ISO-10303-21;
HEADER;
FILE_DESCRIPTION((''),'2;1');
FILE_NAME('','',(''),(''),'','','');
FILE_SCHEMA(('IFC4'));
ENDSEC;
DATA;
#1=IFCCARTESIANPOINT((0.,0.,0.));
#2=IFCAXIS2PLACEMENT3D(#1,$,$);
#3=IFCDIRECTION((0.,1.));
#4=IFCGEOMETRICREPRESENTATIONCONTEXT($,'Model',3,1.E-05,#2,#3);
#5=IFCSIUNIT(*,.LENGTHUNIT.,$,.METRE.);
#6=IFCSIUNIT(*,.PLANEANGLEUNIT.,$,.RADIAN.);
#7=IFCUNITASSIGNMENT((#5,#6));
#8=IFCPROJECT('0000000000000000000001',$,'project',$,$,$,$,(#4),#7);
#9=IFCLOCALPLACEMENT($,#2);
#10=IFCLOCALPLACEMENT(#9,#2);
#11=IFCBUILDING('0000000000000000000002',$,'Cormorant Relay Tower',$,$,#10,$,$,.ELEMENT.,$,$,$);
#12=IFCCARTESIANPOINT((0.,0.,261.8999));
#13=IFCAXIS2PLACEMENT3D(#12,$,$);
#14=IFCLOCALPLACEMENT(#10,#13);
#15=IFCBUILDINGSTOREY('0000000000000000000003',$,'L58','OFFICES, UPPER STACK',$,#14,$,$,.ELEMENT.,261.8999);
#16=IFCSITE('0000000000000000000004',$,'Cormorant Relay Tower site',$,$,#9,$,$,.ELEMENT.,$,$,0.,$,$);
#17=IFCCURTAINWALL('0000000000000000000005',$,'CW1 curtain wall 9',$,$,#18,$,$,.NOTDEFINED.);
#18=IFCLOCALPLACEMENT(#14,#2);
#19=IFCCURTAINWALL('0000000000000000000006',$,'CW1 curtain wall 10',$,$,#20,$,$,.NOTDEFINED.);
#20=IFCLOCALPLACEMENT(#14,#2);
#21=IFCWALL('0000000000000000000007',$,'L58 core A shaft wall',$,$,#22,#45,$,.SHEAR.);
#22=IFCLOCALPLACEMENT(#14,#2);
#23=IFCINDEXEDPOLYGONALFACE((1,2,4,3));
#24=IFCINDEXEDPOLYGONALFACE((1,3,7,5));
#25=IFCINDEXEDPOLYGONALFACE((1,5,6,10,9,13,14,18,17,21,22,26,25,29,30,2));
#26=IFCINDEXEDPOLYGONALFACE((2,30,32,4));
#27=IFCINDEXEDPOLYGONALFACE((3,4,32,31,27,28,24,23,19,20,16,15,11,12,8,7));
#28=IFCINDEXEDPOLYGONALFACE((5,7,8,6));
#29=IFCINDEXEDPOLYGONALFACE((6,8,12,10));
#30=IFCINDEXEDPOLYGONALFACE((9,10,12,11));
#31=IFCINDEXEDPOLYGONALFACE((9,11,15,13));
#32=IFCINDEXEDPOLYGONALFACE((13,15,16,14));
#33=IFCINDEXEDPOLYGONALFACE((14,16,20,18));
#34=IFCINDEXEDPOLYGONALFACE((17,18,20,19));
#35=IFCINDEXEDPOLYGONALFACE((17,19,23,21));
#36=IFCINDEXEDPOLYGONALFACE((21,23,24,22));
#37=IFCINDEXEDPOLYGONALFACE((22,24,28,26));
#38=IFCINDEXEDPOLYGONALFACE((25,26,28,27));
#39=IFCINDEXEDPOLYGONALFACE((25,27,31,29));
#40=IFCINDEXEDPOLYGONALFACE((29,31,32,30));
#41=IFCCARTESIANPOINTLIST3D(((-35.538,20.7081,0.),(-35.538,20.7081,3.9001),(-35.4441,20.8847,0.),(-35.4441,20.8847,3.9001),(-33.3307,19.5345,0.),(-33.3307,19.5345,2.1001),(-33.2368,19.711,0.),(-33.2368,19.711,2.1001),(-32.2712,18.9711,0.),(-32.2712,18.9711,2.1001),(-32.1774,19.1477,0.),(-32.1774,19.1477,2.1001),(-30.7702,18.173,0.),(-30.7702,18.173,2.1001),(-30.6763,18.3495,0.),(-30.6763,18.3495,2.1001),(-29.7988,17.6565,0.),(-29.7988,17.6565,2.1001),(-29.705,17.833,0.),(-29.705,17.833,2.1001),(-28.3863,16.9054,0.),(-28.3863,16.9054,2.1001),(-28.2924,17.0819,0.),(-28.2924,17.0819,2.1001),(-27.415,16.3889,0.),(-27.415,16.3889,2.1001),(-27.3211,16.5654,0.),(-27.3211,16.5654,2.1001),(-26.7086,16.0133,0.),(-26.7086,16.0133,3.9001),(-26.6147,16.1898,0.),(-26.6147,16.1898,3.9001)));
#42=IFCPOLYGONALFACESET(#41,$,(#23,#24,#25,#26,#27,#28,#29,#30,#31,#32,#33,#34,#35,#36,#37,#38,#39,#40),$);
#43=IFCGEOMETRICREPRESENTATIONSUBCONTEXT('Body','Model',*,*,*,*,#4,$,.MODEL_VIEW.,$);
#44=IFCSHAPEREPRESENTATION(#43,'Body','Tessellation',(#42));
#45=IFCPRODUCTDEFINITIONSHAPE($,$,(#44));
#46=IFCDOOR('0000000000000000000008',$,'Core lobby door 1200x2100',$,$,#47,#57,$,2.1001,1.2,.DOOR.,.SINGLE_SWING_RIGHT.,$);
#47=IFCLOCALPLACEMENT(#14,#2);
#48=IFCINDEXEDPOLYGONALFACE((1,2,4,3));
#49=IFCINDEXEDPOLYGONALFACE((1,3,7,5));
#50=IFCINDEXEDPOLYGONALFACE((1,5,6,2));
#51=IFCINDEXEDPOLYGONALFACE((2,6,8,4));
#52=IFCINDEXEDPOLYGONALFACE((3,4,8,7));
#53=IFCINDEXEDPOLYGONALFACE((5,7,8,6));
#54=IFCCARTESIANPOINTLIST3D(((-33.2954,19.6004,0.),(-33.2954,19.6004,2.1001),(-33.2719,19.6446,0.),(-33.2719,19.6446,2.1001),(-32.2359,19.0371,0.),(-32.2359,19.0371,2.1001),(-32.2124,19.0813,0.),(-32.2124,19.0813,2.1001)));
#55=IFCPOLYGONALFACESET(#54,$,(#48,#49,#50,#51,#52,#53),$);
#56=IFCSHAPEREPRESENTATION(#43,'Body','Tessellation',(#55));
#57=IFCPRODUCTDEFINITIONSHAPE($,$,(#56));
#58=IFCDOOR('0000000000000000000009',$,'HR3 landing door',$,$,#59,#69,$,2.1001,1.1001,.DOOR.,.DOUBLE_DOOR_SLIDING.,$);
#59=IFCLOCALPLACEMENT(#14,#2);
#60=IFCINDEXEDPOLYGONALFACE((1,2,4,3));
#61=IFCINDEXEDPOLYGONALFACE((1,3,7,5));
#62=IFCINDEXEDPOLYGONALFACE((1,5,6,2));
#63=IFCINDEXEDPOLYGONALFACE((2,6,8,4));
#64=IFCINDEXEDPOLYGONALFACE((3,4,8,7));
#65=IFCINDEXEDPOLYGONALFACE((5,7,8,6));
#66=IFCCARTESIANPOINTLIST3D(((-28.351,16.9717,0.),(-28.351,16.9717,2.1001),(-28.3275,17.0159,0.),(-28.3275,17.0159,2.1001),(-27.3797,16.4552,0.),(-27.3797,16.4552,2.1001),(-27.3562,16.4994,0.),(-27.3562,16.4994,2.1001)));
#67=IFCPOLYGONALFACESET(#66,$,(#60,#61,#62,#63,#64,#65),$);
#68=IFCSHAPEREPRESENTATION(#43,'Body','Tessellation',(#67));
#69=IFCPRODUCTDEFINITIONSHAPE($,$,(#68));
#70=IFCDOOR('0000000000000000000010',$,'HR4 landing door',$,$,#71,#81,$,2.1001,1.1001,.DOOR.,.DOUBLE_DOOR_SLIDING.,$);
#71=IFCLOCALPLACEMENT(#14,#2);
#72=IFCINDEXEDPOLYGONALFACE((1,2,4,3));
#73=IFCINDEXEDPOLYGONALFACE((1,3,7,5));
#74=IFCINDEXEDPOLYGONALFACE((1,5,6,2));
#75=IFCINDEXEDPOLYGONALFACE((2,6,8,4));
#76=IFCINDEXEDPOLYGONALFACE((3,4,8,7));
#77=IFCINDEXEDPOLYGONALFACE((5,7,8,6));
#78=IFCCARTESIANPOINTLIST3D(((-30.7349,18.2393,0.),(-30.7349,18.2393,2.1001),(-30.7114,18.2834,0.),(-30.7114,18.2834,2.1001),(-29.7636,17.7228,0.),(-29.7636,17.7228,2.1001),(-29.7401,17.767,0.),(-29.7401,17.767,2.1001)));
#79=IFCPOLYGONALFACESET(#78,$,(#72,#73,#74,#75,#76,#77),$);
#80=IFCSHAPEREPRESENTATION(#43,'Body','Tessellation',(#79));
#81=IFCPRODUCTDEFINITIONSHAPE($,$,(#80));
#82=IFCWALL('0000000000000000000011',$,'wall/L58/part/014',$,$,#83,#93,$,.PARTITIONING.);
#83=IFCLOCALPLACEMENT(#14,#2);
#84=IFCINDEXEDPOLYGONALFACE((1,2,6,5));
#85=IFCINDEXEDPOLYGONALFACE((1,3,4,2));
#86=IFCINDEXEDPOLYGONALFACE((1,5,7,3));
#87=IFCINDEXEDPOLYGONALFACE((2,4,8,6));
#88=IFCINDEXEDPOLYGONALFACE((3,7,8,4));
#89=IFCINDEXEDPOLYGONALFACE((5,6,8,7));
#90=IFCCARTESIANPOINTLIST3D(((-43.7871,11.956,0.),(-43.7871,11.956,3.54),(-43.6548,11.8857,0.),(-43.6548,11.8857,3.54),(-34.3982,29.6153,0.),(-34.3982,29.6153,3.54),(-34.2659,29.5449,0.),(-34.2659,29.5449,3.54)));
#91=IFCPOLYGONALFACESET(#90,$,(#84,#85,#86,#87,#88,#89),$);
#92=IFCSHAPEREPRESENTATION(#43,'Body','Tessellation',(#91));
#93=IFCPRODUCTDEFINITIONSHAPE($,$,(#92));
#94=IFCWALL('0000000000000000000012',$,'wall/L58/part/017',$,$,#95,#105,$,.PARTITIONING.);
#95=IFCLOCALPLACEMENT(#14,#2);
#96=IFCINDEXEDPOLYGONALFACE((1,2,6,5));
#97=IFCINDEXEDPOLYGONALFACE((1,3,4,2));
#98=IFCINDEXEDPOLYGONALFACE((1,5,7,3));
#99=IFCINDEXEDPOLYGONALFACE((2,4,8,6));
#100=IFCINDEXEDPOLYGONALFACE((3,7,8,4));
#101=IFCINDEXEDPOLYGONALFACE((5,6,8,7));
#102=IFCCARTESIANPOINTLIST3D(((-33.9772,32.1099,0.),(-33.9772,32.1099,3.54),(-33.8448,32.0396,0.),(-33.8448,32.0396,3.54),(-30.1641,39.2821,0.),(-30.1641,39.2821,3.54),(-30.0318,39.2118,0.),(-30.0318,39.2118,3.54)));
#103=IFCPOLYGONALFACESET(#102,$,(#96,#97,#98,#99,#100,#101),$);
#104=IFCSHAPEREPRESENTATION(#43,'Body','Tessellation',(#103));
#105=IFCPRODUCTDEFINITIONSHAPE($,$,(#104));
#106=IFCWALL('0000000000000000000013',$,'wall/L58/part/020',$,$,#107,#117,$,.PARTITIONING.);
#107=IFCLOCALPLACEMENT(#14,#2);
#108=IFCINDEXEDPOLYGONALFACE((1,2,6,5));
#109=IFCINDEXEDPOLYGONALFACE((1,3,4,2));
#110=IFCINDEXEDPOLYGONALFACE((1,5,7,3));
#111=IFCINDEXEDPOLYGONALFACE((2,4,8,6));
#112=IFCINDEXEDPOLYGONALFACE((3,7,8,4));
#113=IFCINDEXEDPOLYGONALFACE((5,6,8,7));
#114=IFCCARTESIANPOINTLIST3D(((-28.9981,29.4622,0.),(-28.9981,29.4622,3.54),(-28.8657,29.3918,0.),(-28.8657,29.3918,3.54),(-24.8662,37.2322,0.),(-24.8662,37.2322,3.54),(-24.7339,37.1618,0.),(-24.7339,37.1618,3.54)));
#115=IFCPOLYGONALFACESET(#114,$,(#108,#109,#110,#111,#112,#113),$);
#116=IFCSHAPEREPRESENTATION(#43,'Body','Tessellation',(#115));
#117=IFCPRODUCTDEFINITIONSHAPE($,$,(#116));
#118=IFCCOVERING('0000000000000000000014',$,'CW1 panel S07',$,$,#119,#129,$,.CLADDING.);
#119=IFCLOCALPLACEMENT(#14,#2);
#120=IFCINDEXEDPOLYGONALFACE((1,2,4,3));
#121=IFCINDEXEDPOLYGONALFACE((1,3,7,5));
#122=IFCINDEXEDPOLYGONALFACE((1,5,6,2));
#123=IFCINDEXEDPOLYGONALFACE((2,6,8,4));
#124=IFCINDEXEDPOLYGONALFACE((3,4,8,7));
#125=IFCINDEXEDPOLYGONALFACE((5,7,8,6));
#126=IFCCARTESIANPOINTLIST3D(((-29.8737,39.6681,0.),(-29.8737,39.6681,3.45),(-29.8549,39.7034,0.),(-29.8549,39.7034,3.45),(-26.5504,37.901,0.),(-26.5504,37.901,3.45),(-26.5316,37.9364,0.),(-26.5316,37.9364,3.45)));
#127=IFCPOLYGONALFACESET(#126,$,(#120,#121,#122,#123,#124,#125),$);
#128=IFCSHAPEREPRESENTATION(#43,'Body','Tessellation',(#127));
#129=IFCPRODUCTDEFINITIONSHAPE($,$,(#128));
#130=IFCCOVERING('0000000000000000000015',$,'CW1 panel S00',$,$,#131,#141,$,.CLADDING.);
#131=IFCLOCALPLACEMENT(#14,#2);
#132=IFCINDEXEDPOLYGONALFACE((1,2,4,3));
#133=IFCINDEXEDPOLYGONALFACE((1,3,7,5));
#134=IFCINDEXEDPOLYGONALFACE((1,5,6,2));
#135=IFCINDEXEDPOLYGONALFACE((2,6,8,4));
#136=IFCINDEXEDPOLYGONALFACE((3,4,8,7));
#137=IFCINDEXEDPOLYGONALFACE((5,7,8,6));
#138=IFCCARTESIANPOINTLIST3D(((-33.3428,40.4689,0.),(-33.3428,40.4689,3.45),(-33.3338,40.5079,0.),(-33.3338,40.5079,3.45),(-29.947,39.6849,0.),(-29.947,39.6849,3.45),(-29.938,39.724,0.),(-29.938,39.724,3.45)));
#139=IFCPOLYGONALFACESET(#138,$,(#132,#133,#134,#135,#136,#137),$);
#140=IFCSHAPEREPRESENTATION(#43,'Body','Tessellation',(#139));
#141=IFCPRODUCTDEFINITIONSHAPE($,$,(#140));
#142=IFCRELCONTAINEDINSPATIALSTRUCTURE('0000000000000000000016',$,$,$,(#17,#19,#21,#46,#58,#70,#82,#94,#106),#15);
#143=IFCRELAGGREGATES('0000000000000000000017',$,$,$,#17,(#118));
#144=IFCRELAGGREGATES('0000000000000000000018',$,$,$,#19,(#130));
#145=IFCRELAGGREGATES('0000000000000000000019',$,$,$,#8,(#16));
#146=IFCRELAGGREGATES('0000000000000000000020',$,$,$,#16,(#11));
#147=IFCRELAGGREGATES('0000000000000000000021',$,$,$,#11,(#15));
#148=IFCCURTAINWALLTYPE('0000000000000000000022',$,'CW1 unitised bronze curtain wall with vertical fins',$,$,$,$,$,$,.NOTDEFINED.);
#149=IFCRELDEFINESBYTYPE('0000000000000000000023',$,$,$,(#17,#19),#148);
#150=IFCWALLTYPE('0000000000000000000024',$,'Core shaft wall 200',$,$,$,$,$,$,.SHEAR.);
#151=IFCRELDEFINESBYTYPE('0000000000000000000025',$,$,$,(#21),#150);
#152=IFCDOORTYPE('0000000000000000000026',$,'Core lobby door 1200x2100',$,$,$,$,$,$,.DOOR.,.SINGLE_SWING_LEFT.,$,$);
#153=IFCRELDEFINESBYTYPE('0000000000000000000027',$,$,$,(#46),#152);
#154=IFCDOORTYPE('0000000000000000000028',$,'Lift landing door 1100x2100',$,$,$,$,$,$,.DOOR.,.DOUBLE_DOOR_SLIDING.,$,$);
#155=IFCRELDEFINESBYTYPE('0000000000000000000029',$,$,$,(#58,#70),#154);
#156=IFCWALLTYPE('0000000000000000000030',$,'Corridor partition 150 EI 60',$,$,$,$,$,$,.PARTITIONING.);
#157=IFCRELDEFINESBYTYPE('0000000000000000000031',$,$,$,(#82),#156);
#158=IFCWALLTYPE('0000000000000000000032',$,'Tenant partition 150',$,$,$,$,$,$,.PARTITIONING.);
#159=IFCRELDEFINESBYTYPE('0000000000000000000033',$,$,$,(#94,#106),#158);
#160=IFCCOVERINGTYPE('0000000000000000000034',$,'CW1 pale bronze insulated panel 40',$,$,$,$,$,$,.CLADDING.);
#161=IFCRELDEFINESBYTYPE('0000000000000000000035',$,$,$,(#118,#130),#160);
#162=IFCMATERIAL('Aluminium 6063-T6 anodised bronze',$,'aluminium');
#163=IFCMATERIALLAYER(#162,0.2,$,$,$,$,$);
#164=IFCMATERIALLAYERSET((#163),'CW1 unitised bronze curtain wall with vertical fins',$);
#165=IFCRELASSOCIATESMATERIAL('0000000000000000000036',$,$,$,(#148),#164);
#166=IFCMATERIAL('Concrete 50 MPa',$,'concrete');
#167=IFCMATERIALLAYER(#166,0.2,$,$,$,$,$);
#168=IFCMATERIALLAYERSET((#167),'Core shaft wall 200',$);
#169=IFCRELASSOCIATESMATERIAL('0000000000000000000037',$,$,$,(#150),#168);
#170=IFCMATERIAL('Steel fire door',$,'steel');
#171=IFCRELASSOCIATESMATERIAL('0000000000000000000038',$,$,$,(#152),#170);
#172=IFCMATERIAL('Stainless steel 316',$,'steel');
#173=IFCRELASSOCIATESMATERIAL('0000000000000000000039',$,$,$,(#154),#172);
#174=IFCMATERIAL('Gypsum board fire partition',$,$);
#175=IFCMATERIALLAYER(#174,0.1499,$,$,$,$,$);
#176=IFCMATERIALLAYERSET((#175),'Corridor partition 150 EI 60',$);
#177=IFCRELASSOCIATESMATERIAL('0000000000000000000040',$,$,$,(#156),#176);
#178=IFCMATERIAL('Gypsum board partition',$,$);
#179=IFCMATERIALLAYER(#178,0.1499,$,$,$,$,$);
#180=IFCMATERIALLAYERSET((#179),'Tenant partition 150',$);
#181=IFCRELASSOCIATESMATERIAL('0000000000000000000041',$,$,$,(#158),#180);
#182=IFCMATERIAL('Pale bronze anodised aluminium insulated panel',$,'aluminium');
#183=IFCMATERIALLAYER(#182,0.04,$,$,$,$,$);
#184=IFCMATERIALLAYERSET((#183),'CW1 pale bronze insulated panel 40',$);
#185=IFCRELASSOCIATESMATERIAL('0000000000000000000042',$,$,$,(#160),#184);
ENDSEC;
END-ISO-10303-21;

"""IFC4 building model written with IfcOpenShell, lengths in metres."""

from ifc_helpers import new_model, si_unit, direction, frame, frame_2d, origin, origin_2d, place, context, subcontext, project, spatial, rectangle, extrude, material, layer, layer_set, type_object, element, fill, aggregate, save


model = new_model("IFC4")

# Units and contexts
model_context = context("Model", 3, precision=1e-05, world=origin(), true_north=direction((0.0, 1.0)))
body_context = subcontext(model_context, "Body", "Model", "MODEL_VIEW")
ifc_project = project(units=[si_unit("LENGTHUNIT", "METRE"), si_unit("PLANEANGLEUNIT", "RADIAN")], contexts=[model_context])

# Site, building, storey
site_placement = place(None, origin())
site = spatial("IfcSite", under=ifc_project, at=site_placement, Name="Cormorant Relay Tower site", CompositionType="ELEMENT", RefElevation=0.0)
building_placement = place(site_placement, origin())
building = spatial("IfcBuilding", under=site, at=building_placement, Name="Cormorant Relay Tower", CompositionType="ELEMENT")
storey_placement = place(building_placement, frame((0.0, 0.0, 261.8999)))
storey = spatial("IfcBuildingStorey", under=building, at=storey_placement, Name="L58", Description="OFFICES, UPPER STACK", CompositionType="ELEMENT", Elevation=261.8999)

# Curtain wall
ifc_material_1 = material(Name="Aluminium 6063-T6 anodised bronze", Category="aluminium")
ifc_layer_1 = layer(ifc_material_1, 0.2)
ifc_layer_set_1 = layer_set([ifc_layer_1], Name="CW1 unitised bronze curtain wall with vertical fins")
curtain_wall_type = type_object("IfcCurtainWallType", Name="CW1 unitised bronze curtain wall with vertical fins", PredefinedType="NOTDEFINED", material=ifc_layer_set_1)
curtain_wall_1_placement = place(storey_placement, origin())
curtain_wall_1 = element("IfcCurtainWall", 1, at=curtain_wall_1_placement, inside=storey, type_object=curtain_wall_type, Name="CW1 curtain wall 9", PredefinedType="NOTDEFINED")

# Curtain wall
curtain_wall_2_placement = place(storey_placement, origin())
curtain_wall_2 = element("IfcCurtainWall", 2, at=curtain_wall_2_placement, inside=storey, type_object=curtain_wall_type, Name="CW1 curtain wall 10", PredefinedType="NOTDEFINED")

# Shared definitions
ifc_material_2 = material(Name="Concrete 50 MPa", Category="concrete")
ifc_layer_2 = layer(ifc_material_2, 0.2)
ifc_layer_set_2 = layer_set([ifc_layer_2], Name="Core shaft wall 200")
wall_type_1 = type_object("IfcWallType", Name="Core shaft wall 200", PredefinedType="SHEAR", material=ifc_layer_set_2)

# Wall, openings, doors
wall_1_placement = place(storey_placement, frame((-26.6616, 16.1016, 0.0), z_axis=(0.0, 0.0, 1.0), x_axis=(-0.88294, 0.469485, 0.0)))
wall_1 = element("IfcWall", 3, at=wall_1_placement, inside=storey, type_object=wall_type_1, Name="L58 core A shaft wall", PredefinedType="SHEAR", context=body_context, shape_type="SweptSolid", body=[
    extrude(rectangle(XDim=10.0, YDim=0.2, at=frame_2d((5.0, 0.0))), origin(), (0.0, 0.0, 1.0), 3.9001),
])
opening_1_placement = place(wall_1_placement, frame((6.3, 0.0, 0.0)))
opening_1 = element("IfcOpeningElement", 4, at=opening_1_placement, cuts=wall_1, PredefinedType="OPENING", context=body_context, shape_type="SweptSolid", body=[
    extrude(rectangle(XDim=1.2, YDim=2.1001, at=frame_2d((0.6001, 1.05))), frame((0.0, 0.1099, 0.0), z_axis=(0.0, -1.0, 0.0), x_axis=(1.0, 0.0, 0.0)), (0.0, 0.0, 1.0), 0.22),
])
opening_2_placement = place(wall_1_placement, frame((0.8, 0.0, 0.0)))
opening_2 = element("IfcOpeningElement", 5, at=opening_2_placement, cuts=wall_1, PredefinedType="OPENING", context=body_context, shape_type="SweptSolid", body=[
    extrude(rectangle(XDim=1.1001, YDim=2.1001, at=frame_2d((0.55, 1.05))), frame((0.0, 0.1099, 0.0), z_axis=(0.0, -1.0, 0.0), x_axis=(1.0, 0.0, 0.0)), (0.0, 0.0, 1.0), 0.22),
])
opening_3_placement = place(wall_1_placement, frame((3.5, 0.0, 0.0)))
opening_3 = element("IfcOpeningElement", 6, at=opening_3_placement, cuts=wall_1, PredefinedType="OPENING", context=body_context, shape_type="SweptSolid", body=[
    extrude(rectangle(XDim=1.1001, YDim=2.1001, at=frame_2d((0.55, 1.05))), frame((0.0, 0.1099, 0.0), z_axis=(0.0, -1.0, 0.0), x_axis=(1.0, 0.0, 0.0)), (0.0, 0.0, 1.0), 0.22),
])
ifc_material_3 = material(Name="Steel fire door", Category="steel")
door_type_1 = type_object("IfcDoorType", Name="Core lobby door 1200x2100", OperationType="SINGLE_SWING_LEFT", PredefinedType="DOOR", material=ifc_material_3)
door_1_placement = place(opening_1_placement, frame((1.2, 0.0, 0.0), z_axis=(0.0, 0.0, 1.0), x_axis=(-1.0, 0.0, 0.0)))
door_1 = element("IfcDoor", 7, at=door_1_placement, inside=storey, type_object=door_type_1, Name="Core lobby door 1200x2100", OperationType="SINGLE_SWING_RIGHT", OverallHeight=2.1001, OverallWidth=1.2, PredefinedType="DOOR", context=body_context, shape_type="SweptSolid", body=[
    extrude(rectangle(XDim=1.2, YDim=2.1001, at=frame_2d((0.6001, 1.05))), frame((0.0, 0.0249, 0.0), z_axis=(0.0, -1.0, 0.0), x_axis=(1.0, 0.0, 0.0)), (0.0, 0.0, 1.0), 0.05),
])
fill(opening_1, door_1)
ifc_material_4 = material(Name="Stainless steel 316", Category="steel")
door_type_2 = type_object("IfcDoorType", Name="Lift landing door 1100x2100", OperationType="DOUBLE_DOOR_SLIDING", PredefinedType="DOOR", material=ifc_material_4)
door_2_placement = place(opening_2_placement, origin())
door_2 = element("IfcDoor", 8, at=door_2_placement, inside=storey, type_object=door_type_2, Name="HR3 landing door", OperationType="DOUBLE_DOOR_SLIDING", OverallHeight=2.1001, OverallWidth=1.1001, PredefinedType="DOOR", context=body_context, shape_type="SweptSolid", body=[
    extrude(rectangle(XDim=1.1001, YDim=2.1001, at=frame_2d((0.55, 1.05))), frame((0.0, 0.0249, 0.0), z_axis=(0.0, -1.0, 0.0), x_axis=(1.0, 0.0, 0.0)), (0.0, 0.0, 1.0), 0.05),
])
fill(opening_2, door_2)
door_3_placement = place(opening_3_placement, origin())
door_3 = element("IfcDoor", 9, at=door_3_placement, inside=storey, type_object=door_type_2, Name="HR4 landing door", OperationType="DOUBLE_DOOR_SLIDING", OverallHeight=2.1001, OverallWidth=1.1001, PredefinedType="DOOR", context=body_context, shape_type="SweptSolid", body=[
    extrude(rectangle(XDim=1.1001, YDim=2.1001, at=frame_2d((0.55, 1.05))), frame((0.0, 0.0249, 0.0), z_axis=(0.0, -1.0, 0.0), x_axis=(1.0, 0.0, 0.0)), (0.0, 0.0, 1.0), 0.05),
])
fill(opening_3, door_3)

# Walls
ifc_material_5 = material(Name="Gypsum board fire partition")
ifc_layer_3 = layer(ifc_material_5, 0.1499)
ifc_layer_set_3 = layer_set([ifc_layer_3], Name="Corridor partition 150 EI 60")
wall_type_2 = type_object("IfcWallType", Name="Corridor partition 150 EI 60", PredefinedType="PARTITIONING", material=ifc_layer_set_3)
wall_2_placement = place(storey_placement, frame((-34.332, 29.5801, 0.0), z_axis=(0.0, 0.0, 1.0), x_axis=(-0.469447, -0.882961, 0.0)))
element("IfcWall", 10, at=wall_2_placement, inside=storey, type_object=wall_type_2, Name="wall/L58/part/014", PredefinedType="PARTITIONING", context=body_context, shape_type="SweptSolid", body=[
    extrude(rectangle(XDim=20.0, YDim=0.1499, at=frame_2d((10.0, 0.0))), origin(), (0.0, 0.0, 1.0), 3.54),
])
ifc_material_6 = material(Name="Gypsum board partition")
ifc_layer_4 = layer(ifc_material_6, 0.1499)
ifc_layer_set_4 = layer_set([ifc_layer_4], Name="Tenant partition 150")
wall_type_3 = type_object("IfcWallType", Name="Tenant partition 150", PredefinedType="PARTITIONING", material=ifc_layer_set_4)
wall_3_placement = place(storey_placement, frame((-30.0979, 39.2471, 0.0), z_axis=(0.0, 0.0, 1.0), x_axis=(-0.469424, -0.882973, 0.0)))
element("IfcWall", 11, at=wall_3_placement, inside=storey, type_object=wall_type_3, Name="wall/L58/part/017", PredefinedType="PARTITIONING", context=body_context, shape_type="SweptSolid", body=[
    extrude(rectangle(XDim=8.1228, YDim=0.1499, at=frame_2d((4.0615, 0.0))), origin(), (0.0, 0.0, 1.0), 3.54),
])
wall_4_placement = place(storey_placement, frame((-24.8, 37.197, 0.0), z_axis=(0.0, 0.0, 1.0), x_axis=(-0.469511, -0.882927, 0.0)))
element("IfcWall", 12, at=wall_4_placement, inside=storey, type_object=wall_type_3, Name="wall/L58/part/020", PredefinedType="PARTITIONING", context=body_context, shape_type="SweptSolid", body=[
    extrude(rectangle(XDim=8.8003, YDim=0.1499, at=frame_2d((4.4001, 0.0))), origin(), (0.0, 0.0, 1.0), 3.54),
])

# Coverings
ifc_material_7 = material(Name="Pale bronze anodised aluminium insulated panel", Category="aluminium")
ifc_layer_5 = layer(ifc_material_7, 0.04)
ifc_layer_set_5 = layer_set([ifc_layer_5], Name="CW1 pale bronze insulated panel 40")
covering_type = type_object("IfcCoveringType", Name="CW1 pale bronze insulated panel 40", PredefinedType="CLADDING", material=ifc_layer_set_5)
covering_1_placement = place(storey_placement, frame((-28.2026, 38.8022, 0.0), z_axis=(0.0, 0.0, 1.0), x_axis=(-0.882948, 0.469472, 0.0)))
covering_1 = element("IfcCovering", 13, at=covering_1_placement, type_object=covering_type, Name="CW1 panel S07", PredefinedType="CLADDING", context=body_context, shape_type="SweptSolid", body=[
    extrude(rectangle(XDim=3.7639, YDim=0.04, at=origin_2d()), origin(), (0.0, 0.0, 1.0), 3.45),
])
aggregate(curtain_wall_1, [covering_1])
covering_2_placement = place(storey_placement, frame((-31.6404, 40.0964, 0.0), z_axis=(0.0, 0.0, 1.0), x_axis=(-0.97437, 0.224951, 0.0)))
covering_2 = element("IfcCovering", 14, at=covering_2_placement, type_object=covering_type, Name="CW1 panel S00", PredefinedType="CLADDING", context=body_context, shape_type="SweptSolid", body=[
    extrude(rectangle(XDim=3.4851, YDim=0.04, at=origin_2d()), origin(), (0.0, 0.0, 1.0), 3.45),
])
aggregate(curtain_wall_2, [covering_2])

save(model, "model.ifc")
